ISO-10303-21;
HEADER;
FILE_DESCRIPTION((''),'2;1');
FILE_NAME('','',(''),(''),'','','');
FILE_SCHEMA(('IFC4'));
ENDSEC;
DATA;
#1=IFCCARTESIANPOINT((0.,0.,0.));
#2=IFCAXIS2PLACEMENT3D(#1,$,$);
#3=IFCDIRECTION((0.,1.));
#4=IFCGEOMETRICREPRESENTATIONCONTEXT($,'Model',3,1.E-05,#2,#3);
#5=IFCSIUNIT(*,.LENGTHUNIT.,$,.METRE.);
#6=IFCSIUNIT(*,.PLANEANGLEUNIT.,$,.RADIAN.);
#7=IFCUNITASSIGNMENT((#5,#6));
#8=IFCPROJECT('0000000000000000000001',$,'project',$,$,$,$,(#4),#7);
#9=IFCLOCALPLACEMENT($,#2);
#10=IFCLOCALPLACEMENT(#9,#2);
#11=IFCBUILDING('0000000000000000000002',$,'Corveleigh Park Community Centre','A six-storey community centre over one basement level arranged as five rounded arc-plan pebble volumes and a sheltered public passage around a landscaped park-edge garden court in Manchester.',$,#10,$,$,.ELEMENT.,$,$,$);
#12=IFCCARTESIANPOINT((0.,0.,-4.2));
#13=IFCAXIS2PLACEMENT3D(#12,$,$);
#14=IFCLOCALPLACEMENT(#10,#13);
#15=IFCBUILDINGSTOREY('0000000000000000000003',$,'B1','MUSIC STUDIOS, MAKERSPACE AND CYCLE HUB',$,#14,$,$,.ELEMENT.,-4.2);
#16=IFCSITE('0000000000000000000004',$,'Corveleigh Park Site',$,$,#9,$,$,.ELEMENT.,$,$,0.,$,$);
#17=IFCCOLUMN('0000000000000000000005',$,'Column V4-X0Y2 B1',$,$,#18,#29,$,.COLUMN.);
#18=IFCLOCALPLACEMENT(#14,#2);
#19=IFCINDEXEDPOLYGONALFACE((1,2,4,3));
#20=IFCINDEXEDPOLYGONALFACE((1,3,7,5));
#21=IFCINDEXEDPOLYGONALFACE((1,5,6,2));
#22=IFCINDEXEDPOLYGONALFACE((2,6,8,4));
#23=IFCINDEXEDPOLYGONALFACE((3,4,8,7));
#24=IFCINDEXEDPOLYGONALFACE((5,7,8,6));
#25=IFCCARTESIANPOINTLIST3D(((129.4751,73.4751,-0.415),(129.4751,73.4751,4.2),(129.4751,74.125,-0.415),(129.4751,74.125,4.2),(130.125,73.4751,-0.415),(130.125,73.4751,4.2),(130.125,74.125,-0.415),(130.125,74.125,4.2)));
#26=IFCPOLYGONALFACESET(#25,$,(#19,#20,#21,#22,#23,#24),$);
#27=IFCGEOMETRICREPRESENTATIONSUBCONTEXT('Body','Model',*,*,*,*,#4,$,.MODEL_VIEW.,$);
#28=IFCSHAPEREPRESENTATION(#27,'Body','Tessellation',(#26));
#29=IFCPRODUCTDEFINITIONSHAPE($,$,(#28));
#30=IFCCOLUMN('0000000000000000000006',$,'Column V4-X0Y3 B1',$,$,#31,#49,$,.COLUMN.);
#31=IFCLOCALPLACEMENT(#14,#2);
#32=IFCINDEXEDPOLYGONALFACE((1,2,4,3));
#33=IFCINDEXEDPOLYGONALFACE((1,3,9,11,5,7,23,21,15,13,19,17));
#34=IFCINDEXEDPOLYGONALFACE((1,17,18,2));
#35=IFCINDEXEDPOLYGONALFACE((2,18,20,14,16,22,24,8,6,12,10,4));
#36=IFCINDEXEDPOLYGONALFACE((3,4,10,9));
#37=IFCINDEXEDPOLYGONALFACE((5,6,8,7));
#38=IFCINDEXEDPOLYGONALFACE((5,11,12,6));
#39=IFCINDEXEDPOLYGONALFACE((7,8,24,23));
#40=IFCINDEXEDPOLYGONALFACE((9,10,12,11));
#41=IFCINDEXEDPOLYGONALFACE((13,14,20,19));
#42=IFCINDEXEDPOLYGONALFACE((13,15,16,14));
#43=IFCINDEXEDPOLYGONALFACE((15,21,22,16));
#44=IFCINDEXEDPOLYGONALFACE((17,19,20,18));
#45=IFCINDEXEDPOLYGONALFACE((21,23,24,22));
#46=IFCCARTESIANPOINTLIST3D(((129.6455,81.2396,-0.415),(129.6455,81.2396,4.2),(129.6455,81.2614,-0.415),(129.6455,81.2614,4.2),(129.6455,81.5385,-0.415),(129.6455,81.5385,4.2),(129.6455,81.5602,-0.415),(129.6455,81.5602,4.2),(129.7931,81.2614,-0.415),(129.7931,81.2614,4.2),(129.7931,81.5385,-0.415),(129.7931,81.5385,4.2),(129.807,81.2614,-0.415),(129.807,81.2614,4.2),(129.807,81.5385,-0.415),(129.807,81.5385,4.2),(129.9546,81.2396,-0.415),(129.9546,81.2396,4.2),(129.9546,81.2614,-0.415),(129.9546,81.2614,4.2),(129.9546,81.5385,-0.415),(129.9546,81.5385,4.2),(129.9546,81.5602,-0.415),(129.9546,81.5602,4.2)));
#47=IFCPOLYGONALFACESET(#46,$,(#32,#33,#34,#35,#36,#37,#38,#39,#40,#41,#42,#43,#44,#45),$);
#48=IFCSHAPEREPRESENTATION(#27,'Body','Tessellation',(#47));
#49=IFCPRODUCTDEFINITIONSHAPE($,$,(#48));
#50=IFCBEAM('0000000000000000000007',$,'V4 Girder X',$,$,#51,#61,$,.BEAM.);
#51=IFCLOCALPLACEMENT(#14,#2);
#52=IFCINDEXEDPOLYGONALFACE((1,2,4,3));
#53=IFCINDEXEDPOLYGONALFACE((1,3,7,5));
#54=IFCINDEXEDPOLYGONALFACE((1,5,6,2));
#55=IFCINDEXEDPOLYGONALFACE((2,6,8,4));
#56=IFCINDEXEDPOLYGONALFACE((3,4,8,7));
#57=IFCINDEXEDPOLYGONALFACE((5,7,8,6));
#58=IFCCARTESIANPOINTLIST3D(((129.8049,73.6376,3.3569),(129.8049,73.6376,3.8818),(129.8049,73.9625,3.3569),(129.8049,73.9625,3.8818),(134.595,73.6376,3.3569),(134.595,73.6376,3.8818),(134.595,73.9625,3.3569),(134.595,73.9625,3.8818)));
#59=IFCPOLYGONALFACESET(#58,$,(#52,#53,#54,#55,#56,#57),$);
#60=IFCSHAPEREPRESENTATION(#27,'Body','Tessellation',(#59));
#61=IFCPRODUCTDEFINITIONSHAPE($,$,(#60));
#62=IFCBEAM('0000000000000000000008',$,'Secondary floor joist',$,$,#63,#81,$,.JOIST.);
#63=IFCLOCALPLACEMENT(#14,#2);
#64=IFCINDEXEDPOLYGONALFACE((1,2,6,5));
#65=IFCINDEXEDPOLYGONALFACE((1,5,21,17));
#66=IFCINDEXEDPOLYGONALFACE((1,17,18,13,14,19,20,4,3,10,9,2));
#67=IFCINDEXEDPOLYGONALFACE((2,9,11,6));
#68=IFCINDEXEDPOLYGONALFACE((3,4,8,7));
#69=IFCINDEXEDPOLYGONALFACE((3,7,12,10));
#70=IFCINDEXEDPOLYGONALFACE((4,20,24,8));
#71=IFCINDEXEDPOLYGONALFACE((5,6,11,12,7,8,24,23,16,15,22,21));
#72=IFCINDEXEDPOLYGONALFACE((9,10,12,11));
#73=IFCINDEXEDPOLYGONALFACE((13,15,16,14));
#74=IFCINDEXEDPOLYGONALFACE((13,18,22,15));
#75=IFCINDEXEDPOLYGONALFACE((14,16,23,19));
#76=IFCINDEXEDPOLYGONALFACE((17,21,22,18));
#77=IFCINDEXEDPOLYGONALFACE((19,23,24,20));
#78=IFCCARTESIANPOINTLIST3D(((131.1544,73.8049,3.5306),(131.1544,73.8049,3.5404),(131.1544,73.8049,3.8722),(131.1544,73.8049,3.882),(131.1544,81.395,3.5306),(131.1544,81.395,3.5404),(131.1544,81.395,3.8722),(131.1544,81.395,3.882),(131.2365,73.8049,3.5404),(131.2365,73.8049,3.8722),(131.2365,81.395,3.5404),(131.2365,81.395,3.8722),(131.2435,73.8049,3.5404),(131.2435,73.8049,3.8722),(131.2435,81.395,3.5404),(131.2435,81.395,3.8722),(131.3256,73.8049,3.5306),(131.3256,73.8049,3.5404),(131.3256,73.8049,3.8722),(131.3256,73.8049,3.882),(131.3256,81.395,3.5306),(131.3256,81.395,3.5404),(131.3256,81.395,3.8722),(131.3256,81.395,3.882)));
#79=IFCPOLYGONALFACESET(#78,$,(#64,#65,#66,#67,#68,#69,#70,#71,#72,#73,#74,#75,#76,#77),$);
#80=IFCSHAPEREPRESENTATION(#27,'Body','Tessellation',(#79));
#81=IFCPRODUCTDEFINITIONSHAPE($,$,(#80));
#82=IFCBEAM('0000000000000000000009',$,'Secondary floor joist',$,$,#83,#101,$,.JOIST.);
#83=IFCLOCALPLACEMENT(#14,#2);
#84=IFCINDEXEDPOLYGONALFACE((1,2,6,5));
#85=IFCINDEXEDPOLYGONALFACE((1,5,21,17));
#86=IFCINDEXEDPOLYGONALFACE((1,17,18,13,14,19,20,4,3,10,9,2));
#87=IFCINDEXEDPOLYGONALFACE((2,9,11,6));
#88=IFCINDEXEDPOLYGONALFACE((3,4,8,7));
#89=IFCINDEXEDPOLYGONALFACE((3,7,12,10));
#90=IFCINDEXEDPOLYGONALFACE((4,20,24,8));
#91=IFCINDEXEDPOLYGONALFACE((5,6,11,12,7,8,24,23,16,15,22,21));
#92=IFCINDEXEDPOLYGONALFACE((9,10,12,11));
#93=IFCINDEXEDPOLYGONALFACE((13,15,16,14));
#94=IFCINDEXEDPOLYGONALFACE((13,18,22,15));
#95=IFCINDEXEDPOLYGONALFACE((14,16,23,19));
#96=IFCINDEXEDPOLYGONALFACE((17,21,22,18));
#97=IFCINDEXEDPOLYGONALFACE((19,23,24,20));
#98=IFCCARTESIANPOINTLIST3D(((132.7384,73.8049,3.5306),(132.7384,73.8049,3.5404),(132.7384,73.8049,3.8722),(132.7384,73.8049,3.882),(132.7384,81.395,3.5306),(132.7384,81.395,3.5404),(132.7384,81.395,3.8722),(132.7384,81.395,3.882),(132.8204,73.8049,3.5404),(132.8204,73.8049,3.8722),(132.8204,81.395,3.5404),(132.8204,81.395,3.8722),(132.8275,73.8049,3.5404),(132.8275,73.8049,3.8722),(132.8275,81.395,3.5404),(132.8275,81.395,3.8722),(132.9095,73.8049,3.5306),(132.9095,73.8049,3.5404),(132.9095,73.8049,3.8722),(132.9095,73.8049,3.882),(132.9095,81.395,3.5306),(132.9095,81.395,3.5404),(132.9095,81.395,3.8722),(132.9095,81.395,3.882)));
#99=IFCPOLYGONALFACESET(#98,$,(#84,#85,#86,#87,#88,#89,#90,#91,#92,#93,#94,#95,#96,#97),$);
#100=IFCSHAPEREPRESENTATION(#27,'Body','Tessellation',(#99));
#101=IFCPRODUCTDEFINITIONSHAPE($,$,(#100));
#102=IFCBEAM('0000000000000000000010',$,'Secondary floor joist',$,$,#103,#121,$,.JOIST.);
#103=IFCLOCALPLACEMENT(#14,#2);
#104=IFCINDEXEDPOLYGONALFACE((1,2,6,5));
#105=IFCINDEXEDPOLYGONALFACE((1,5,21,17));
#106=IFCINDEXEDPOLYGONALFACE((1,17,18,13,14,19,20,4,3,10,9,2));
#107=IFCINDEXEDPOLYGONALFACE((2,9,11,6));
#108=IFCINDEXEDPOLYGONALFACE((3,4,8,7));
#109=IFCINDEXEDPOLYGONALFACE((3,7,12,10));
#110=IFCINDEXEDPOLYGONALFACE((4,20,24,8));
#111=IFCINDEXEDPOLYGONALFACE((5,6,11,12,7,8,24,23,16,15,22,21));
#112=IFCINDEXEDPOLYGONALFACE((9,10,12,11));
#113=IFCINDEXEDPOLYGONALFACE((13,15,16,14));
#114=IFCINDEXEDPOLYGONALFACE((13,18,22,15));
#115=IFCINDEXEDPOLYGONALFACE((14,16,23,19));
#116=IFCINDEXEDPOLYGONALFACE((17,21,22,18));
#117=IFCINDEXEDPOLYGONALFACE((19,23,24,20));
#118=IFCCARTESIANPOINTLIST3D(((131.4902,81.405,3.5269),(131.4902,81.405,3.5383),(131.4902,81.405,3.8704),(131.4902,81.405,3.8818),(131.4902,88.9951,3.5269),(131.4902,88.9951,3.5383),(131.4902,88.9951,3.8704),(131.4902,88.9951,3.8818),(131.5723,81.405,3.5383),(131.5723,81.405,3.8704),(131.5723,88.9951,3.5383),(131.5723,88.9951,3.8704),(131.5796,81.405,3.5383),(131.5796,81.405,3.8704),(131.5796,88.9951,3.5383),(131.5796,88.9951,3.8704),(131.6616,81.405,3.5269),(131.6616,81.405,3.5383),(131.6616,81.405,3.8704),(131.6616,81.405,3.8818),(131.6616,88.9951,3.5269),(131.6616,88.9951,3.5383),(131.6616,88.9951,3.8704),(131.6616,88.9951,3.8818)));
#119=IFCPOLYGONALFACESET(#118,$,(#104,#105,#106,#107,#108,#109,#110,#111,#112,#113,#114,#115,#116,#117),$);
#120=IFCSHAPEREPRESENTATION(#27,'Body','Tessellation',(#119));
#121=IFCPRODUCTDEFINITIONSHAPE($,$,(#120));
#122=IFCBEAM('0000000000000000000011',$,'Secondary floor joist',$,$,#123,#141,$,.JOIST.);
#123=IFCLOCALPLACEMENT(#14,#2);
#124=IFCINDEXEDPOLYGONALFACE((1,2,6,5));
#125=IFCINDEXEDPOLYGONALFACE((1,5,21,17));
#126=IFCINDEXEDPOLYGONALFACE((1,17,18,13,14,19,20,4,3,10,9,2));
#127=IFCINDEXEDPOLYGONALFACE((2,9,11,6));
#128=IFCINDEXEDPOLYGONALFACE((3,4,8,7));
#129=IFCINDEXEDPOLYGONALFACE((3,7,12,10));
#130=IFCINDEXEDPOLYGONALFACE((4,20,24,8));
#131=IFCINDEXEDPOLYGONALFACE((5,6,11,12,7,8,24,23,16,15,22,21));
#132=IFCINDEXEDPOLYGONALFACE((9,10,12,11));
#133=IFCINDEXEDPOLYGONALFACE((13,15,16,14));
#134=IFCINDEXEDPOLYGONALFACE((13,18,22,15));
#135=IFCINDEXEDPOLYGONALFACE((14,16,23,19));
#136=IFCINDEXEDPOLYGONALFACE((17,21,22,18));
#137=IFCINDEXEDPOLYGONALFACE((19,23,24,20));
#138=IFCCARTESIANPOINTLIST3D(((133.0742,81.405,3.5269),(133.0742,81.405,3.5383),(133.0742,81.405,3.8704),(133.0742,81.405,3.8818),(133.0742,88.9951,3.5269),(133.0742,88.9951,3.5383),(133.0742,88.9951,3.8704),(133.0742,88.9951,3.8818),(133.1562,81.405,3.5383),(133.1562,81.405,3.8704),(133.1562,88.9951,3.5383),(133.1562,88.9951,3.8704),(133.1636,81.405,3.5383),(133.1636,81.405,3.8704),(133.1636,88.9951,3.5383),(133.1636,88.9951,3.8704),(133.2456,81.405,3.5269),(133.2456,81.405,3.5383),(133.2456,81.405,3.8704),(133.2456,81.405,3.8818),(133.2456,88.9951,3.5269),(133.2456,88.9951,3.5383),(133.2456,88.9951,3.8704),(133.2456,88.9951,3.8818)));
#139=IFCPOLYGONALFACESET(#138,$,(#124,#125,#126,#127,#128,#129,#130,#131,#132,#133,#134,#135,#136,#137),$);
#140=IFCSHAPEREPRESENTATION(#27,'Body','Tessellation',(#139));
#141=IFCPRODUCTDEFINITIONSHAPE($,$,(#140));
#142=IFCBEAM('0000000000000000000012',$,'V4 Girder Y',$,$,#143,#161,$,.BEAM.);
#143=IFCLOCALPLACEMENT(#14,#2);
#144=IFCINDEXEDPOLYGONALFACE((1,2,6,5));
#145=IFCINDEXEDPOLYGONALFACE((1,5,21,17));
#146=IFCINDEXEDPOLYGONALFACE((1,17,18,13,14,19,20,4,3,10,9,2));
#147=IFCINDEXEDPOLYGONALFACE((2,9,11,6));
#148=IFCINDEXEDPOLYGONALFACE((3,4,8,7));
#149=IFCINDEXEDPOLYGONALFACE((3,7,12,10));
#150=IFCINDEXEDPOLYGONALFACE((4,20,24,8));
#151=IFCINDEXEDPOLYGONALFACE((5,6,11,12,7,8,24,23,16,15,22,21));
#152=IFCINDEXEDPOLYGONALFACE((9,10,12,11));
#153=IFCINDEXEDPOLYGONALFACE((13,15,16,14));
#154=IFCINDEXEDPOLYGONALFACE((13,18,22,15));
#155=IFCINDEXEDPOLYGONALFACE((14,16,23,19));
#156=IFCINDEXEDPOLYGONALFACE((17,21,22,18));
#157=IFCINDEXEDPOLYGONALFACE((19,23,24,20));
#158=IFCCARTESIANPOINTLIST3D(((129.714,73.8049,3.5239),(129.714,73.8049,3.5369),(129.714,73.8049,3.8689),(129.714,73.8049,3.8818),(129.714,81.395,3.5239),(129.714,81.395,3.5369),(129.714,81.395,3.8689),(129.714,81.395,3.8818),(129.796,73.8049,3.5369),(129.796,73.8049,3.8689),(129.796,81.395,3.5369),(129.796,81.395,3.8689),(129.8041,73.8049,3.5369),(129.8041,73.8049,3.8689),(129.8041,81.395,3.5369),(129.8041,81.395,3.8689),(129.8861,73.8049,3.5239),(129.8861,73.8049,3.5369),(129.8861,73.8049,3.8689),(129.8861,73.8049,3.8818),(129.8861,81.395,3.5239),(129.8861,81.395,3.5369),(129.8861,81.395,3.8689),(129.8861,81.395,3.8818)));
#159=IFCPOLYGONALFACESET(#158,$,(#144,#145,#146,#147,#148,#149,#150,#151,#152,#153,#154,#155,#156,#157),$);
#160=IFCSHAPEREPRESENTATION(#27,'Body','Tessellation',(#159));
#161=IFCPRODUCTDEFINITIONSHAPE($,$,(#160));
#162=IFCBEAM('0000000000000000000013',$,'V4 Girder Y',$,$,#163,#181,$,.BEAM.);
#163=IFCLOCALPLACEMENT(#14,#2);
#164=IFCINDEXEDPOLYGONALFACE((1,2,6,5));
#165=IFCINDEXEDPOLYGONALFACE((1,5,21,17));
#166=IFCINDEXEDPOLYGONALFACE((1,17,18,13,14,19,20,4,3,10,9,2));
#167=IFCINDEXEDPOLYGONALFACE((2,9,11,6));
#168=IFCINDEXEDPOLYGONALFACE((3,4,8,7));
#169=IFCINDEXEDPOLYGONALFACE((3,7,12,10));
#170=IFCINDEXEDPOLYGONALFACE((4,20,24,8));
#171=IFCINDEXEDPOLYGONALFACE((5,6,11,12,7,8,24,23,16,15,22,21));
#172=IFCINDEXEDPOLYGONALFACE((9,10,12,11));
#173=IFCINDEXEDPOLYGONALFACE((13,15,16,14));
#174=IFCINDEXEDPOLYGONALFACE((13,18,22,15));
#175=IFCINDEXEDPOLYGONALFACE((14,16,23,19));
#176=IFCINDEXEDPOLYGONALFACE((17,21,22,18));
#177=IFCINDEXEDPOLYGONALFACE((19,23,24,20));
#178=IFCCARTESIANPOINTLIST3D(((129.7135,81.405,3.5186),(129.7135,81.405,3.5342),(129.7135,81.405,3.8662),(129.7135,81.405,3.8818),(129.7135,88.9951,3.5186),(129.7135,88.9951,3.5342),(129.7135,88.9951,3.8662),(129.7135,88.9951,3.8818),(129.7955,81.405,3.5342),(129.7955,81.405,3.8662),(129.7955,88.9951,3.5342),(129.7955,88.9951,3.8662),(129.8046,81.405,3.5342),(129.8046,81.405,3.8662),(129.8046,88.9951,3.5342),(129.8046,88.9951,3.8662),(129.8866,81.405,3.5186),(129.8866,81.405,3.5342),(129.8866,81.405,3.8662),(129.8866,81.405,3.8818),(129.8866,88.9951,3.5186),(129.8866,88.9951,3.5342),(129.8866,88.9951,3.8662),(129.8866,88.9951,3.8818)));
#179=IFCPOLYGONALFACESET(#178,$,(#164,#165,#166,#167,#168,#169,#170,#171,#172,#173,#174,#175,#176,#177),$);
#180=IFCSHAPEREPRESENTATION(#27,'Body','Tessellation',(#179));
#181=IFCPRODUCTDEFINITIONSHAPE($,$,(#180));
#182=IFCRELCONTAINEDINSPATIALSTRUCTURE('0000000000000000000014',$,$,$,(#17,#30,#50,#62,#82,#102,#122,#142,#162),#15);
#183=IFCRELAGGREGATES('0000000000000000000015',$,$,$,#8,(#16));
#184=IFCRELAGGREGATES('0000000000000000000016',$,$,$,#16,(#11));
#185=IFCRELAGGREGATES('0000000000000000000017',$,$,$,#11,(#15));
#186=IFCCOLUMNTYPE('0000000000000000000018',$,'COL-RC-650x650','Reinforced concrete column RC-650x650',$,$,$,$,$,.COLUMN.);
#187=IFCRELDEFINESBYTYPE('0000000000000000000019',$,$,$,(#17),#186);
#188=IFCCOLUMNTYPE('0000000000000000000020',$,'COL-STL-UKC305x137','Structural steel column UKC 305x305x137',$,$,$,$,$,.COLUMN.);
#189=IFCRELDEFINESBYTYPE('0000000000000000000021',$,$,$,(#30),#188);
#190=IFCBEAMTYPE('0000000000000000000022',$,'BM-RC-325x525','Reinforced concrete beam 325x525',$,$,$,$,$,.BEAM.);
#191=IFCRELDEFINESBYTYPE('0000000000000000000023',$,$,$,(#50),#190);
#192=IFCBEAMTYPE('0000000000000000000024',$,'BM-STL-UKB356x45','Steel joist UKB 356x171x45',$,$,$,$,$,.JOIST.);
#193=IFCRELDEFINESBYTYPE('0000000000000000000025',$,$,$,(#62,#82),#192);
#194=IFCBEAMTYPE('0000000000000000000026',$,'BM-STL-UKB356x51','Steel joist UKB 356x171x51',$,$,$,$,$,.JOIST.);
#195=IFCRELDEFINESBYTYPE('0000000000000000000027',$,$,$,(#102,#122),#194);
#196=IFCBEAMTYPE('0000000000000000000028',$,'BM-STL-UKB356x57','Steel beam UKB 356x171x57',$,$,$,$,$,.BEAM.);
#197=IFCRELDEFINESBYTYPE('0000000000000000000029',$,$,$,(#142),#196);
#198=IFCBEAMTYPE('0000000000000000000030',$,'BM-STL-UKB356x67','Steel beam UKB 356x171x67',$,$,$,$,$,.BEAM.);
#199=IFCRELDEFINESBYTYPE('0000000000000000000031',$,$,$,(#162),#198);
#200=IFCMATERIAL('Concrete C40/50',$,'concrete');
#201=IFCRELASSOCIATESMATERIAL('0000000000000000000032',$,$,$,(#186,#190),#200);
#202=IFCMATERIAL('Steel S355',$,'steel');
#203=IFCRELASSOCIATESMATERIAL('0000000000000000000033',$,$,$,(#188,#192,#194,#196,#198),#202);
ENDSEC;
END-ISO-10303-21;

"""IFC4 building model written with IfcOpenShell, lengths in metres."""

from ifc_helpers import new_model, si_unit, direction, frame, origin, origin_2d, place, context, subcontext, project, spatial, rectangle, i_section, extrude, material, material_profile, profile_set, type_object, element, save


model = new_model("IFC4")

# Units and contexts
model_context = context("Model", 3, precision=1e-05, world=origin(), true_north=direction((0.0, 1.0)))
body_context = subcontext(model_context, "Body", "Model", "MODEL_VIEW")
ifc_project = project(units=[si_unit("LENGTHUNIT", "METRE"), si_unit("PLANEANGLEUNIT", "RADIAN")], contexts=[model_context])

# Site, building, storey
site_placement = place(None, origin())
site = spatial("IfcSite", under=ifc_project, at=site_placement, Name="Corveleigh Park Site", CompositionType="ELEMENT", RefElevation=0.0)
building_placement = place(site_placement, origin())
building = spatial("IfcBuilding", under=site, at=building_placement, Name="Corveleigh Park Community Centre", Description="A six-storey community centre over one basement level arranged as five rounded arc-plan pebble volumes and a sheltered public passage around a landscaped park-edge garden court in Manchester.", CompositionType="ELEMENT")
storey_placement = place(building_placement, frame((0.0, 0.0, -4.2)))
storey = spatial("IfcBuildingStorey", under=building, at=storey_placement, Name="B1", Description="MUSIC STUDIOS, MAKERSPACE AND CYCLE HUB", CompositionType="ELEMENT", Elevation=-4.2)

# Shared definitions
ifc_material_1 = material(Name="Concrete C40/50", Category="concrete")

# Columns
ifc_material_profile_1 = material_profile(ifc_material_1, rectangle(XDim=0.6499, YDim=0.6499, at=origin_2d()), Name="RC-650x650", Category="concrete")
ifc_profile_set_1 = profile_set([ifc_material_profile_1], Name="Concrete C40/50")
column_type_1 = type_object("IfcColumnType", Name="COL-RC-650x650", Description="Reinforced concrete column RC-650x650", PredefinedType="COLUMN", material=ifc_profile_set_1)
column_1_placement = place(storey_placement, frame((129.8, 73.8, -0.415), z_axis=(0.0, 0.0, 1.0), x_axis=(1.0, 0.0, 0.0)))
element("IfcColumn", 1, at=column_1_placement, inside=storey, type_object=column_type_1, Name="Column V4-X0Y2 B1", PredefinedType="COLUMN", context=body_context, shape_type="SweptSolid", body=[
    extrude(rectangle(XDim=0.6499, YDim=0.6499, at=origin_2d()), origin(), (0.0, 0.0, 1.0), 4.615),
])
ifc_material_2 = material(Name="Steel S355", Category="steel")
ifc_material_profile_2 = material_profile(ifc_material_2, i_section(OverallWidth=0.3091, OverallDepth=0.3206, WebThickness=0.0139, FlangeThickness=0.0217, at=origin_2d()), Name="UKC 305x305x137", Category="steel")
ifc_profile_set_2 = profile_set([ifc_material_profile_2], Name="Steel S355")
column_type_2 = type_object("IfcColumnType", Name="COL-STL-UKC305x137", Description="Structural steel column UKC 305x305x137", PredefinedType="COLUMN", material=ifc_profile_set_2)
column_2_placement = place(storey_placement, frame((129.8, 81.3999, -0.415), z_axis=(0.0, 0.0, 1.0), x_axis=(1.0, 0.0, 0.0)))
element("IfcColumn", 2, at=column_2_placement, inside=storey, type_object=column_type_2, Name="Column V4-X0Y3 B1", PredefinedType="COLUMN", context=body_context, shape_type="SweptSolid", body=[
    extrude(i_section(OverallWidth=0.3091, OverallDepth=0.3206, WebThickness=0.0139, FlangeThickness=0.0217, at=origin_2d()), origin(), (0.0, 0.0, 1.0), 4.615),
])

# Beams
ifc_material_profile_3 = material_profile(ifc_material_1, rectangle(XDim=0.325, YDim=0.5249, at=origin_2d()), Name="RC-325x525", Category="concrete")
ifc_profile_set_3 = profile_set([ifc_material_profile_3], Name="Concrete C40/50")
beam_type_1 = type_object("IfcBeamType", Name="BM-RC-325x525", Description="Reinforced concrete beam 325x525", PredefinedType="BEAM", material=ifc_profile_set_3)
beam_1_placement = place(storey_placement, frame((129.8049, 73.8, 3.6194), z_axis=(1.0, 0.0, 0.0), x_axis=(0.0, 1.0, 0.0)))
element("IfcBeam", 3, at=beam_1_placement, inside=storey, type_object=beam_type_1, Name="V4 Girder X", PredefinedType="BEAM", context=body_context, shape_type="SweptSolid", body=[
    extrude(rectangle(XDim=0.325, YDim=0.5249, at=origin_2d()), origin(), (0.0, 0.0, 1.0), 4.79),
])
ifc_material_profile_4 = material_profile(ifc_material_2, i_section(OverallWidth=0.1711, OverallDepth=0.3513, WebThickness=0.0071, FlangeThickness=0.0098, at=origin_2d()), Name="UKB 356x171x45", Category="steel")
ifc_profile_set_4 = profile_set([ifc_material_profile_4], Name="Steel S355")
beam_type_2 = type_object("IfcBeamType", Name="BM-STL-UKB356x45", Description="Steel joist UKB 356x171x45", PredefinedType="JOIST", material=ifc_profile_set_4)
for number, where, z_axis, x_axis, name in (
    (4, (131.24, 73.8049, 3.7063), (0.0, 1.0, 0.0), (-1.0, 0.0, 0.0), "Secondary floor joist"),
    (5, (132.824, 73.8049, 3.7063), (0.0, 1.0, 0.0), (-1.0, 0.0, 0.0), "Secondary floor joist"),
):
    element("IfcBeam", number, at=place(storey_placement, frame(where, z_axis=z_axis, x_axis=x_axis)), inside=storey, type_object=beam_type_2, Name=name, PredefinedType="JOIST", context=body_context, shape_type="SweptSolid", body=[
        extrude(i_section(OverallWidth=0.1711, OverallDepth=0.3513, WebThickness=0.0071, FlangeThickness=0.0098, at=origin_2d()), origin(), (0.0, 0.0, 1.0), 7.5901),
    ])
ifc_material_profile_5 = material_profile(ifc_material_2, i_section(OverallWidth=0.1714, OverallDepth=0.355, WebThickness=0.0073, FlangeThickness=0.0115, at=origin_2d()), Name="UKB 356x171x51", Category="steel")
ifc_profile_set_5 = profile_set([ifc_material_profile_5], Name="Steel S355")
beam_type_3 = type_object("IfcBeamType", Name="BM-STL-UKB356x51", Description="Steel joist UKB 356x171x51", PredefinedType="JOIST", material=ifc_profile_set_5)
for number, where, z_axis, x_axis, name in (
    (6, (131.5759, 81.405, 3.7043), (0.0, 1.0, 0.0), (-1.0, 0.0, 0.0), "Secondary floor joist"),
    (7, (133.1599, 81.405, 3.7043), (0.0, 1.0, 0.0), (-1.0, 0.0, 0.0), "Secondary floor joist"),
):
    element("IfcBeam", number, at=place(storey_placement, frame(where, z_axis=z_axis, x_axis=x_axis)), inside=storey, type_object=beam_type_3, Name=name, PredefinedType="JOIST", context=body_context, shape_type="SweptSolid", body=[
        extrude(i_section(OverallWidth=0.1714, OverallDepth=0.355, WebThickness=0.0073, FlangeThickness=0.0115, at=origin_2d()), origin(), (0.0, 0.0, 1.0), 7.5901),
    ])
ifc_material_profile_6 = material_profile(ifc_material_2, i_section(OverallWidth=0.1721, OverallDepth=0.3579, WebThickness=0.0081, FlangeThickness=0.0129, at=origin_2d()), Name="UKB 356x171x57", Category="steel")
ifc_profile_set_6 = profile_set([ifc_material_profile_6], Name="Steel S355")
beam_type_4 = type_object("IfcBeamType", Name="BM-STL-UKB356x57", Description="Steel beam UKB 356x171x57", PredefinedType="BEAM", material=ifc_profile_set_6)
beam_2_placement = place(storey_placement, frame((129.8, 73.8049, 3.7029), z_axis=(0.0, 1.0, 0.0), x_axis=(-1.0, 0.0, 0.0)))
element("IfcBeam", 8, at=beam_2_placement, inside=storey, type_object=beam_type_4, Name="V4 Girder Y", PredefinedType="BEAM", context=body_context, shape_type="SweptSolid", body=[
    extrude(i_section(OverallWidth=0.1721, OverallDepth=0.3579, WebThickness=0.0081, FlangeThickness=0.0129, at=origin_2d()), origin(), (0.0, 0.0, 1.0), 7.5901),
])
ifc_material_profile_7 = material_profile(ifc_material_2, i_section(OverallWidth=0.1731, OverallDepth=0.3633, WebThickness=0.009, FlangeThickness=0.0156, at=origin_2d()), Name="UKB 356x171x67", Category="steel")
ifc_profile_set_7 = profile_set([ifc_material_profile_7], Name="Steel S355")
beam_type_5 = type_object("IfcBeamType", Name="BM-STL-UKB356x67", Description="Steel beam UKB 356x171x67", PredefinedType="BEAM", material=ifc_profile_set_7)
beam_3_placement = place(storey_placement, frame((129.8, 81.405, 3.7002), z_axis=(0.0, 1.0, 0.0), x_axis=(-1.0, 0.0, 0.0)))
element("IfcBeam", 9, at=beam_3_placement, inside=storey, type_object=beam_type_5, Name="V4 Girder Y", PredefinedType="BEAM", context=body_context, shape_type="SweptSolid", body=[
    extrude(i_section(OverallWidth=0.1731, OverallDepth=0.3633, WebThickness=0.009, FlangeThickness=0.0156, at=origin_2d()), origin(), (0.0, 0.0, 1.0), 7.5901),
])

save(model, "model.ifc")
